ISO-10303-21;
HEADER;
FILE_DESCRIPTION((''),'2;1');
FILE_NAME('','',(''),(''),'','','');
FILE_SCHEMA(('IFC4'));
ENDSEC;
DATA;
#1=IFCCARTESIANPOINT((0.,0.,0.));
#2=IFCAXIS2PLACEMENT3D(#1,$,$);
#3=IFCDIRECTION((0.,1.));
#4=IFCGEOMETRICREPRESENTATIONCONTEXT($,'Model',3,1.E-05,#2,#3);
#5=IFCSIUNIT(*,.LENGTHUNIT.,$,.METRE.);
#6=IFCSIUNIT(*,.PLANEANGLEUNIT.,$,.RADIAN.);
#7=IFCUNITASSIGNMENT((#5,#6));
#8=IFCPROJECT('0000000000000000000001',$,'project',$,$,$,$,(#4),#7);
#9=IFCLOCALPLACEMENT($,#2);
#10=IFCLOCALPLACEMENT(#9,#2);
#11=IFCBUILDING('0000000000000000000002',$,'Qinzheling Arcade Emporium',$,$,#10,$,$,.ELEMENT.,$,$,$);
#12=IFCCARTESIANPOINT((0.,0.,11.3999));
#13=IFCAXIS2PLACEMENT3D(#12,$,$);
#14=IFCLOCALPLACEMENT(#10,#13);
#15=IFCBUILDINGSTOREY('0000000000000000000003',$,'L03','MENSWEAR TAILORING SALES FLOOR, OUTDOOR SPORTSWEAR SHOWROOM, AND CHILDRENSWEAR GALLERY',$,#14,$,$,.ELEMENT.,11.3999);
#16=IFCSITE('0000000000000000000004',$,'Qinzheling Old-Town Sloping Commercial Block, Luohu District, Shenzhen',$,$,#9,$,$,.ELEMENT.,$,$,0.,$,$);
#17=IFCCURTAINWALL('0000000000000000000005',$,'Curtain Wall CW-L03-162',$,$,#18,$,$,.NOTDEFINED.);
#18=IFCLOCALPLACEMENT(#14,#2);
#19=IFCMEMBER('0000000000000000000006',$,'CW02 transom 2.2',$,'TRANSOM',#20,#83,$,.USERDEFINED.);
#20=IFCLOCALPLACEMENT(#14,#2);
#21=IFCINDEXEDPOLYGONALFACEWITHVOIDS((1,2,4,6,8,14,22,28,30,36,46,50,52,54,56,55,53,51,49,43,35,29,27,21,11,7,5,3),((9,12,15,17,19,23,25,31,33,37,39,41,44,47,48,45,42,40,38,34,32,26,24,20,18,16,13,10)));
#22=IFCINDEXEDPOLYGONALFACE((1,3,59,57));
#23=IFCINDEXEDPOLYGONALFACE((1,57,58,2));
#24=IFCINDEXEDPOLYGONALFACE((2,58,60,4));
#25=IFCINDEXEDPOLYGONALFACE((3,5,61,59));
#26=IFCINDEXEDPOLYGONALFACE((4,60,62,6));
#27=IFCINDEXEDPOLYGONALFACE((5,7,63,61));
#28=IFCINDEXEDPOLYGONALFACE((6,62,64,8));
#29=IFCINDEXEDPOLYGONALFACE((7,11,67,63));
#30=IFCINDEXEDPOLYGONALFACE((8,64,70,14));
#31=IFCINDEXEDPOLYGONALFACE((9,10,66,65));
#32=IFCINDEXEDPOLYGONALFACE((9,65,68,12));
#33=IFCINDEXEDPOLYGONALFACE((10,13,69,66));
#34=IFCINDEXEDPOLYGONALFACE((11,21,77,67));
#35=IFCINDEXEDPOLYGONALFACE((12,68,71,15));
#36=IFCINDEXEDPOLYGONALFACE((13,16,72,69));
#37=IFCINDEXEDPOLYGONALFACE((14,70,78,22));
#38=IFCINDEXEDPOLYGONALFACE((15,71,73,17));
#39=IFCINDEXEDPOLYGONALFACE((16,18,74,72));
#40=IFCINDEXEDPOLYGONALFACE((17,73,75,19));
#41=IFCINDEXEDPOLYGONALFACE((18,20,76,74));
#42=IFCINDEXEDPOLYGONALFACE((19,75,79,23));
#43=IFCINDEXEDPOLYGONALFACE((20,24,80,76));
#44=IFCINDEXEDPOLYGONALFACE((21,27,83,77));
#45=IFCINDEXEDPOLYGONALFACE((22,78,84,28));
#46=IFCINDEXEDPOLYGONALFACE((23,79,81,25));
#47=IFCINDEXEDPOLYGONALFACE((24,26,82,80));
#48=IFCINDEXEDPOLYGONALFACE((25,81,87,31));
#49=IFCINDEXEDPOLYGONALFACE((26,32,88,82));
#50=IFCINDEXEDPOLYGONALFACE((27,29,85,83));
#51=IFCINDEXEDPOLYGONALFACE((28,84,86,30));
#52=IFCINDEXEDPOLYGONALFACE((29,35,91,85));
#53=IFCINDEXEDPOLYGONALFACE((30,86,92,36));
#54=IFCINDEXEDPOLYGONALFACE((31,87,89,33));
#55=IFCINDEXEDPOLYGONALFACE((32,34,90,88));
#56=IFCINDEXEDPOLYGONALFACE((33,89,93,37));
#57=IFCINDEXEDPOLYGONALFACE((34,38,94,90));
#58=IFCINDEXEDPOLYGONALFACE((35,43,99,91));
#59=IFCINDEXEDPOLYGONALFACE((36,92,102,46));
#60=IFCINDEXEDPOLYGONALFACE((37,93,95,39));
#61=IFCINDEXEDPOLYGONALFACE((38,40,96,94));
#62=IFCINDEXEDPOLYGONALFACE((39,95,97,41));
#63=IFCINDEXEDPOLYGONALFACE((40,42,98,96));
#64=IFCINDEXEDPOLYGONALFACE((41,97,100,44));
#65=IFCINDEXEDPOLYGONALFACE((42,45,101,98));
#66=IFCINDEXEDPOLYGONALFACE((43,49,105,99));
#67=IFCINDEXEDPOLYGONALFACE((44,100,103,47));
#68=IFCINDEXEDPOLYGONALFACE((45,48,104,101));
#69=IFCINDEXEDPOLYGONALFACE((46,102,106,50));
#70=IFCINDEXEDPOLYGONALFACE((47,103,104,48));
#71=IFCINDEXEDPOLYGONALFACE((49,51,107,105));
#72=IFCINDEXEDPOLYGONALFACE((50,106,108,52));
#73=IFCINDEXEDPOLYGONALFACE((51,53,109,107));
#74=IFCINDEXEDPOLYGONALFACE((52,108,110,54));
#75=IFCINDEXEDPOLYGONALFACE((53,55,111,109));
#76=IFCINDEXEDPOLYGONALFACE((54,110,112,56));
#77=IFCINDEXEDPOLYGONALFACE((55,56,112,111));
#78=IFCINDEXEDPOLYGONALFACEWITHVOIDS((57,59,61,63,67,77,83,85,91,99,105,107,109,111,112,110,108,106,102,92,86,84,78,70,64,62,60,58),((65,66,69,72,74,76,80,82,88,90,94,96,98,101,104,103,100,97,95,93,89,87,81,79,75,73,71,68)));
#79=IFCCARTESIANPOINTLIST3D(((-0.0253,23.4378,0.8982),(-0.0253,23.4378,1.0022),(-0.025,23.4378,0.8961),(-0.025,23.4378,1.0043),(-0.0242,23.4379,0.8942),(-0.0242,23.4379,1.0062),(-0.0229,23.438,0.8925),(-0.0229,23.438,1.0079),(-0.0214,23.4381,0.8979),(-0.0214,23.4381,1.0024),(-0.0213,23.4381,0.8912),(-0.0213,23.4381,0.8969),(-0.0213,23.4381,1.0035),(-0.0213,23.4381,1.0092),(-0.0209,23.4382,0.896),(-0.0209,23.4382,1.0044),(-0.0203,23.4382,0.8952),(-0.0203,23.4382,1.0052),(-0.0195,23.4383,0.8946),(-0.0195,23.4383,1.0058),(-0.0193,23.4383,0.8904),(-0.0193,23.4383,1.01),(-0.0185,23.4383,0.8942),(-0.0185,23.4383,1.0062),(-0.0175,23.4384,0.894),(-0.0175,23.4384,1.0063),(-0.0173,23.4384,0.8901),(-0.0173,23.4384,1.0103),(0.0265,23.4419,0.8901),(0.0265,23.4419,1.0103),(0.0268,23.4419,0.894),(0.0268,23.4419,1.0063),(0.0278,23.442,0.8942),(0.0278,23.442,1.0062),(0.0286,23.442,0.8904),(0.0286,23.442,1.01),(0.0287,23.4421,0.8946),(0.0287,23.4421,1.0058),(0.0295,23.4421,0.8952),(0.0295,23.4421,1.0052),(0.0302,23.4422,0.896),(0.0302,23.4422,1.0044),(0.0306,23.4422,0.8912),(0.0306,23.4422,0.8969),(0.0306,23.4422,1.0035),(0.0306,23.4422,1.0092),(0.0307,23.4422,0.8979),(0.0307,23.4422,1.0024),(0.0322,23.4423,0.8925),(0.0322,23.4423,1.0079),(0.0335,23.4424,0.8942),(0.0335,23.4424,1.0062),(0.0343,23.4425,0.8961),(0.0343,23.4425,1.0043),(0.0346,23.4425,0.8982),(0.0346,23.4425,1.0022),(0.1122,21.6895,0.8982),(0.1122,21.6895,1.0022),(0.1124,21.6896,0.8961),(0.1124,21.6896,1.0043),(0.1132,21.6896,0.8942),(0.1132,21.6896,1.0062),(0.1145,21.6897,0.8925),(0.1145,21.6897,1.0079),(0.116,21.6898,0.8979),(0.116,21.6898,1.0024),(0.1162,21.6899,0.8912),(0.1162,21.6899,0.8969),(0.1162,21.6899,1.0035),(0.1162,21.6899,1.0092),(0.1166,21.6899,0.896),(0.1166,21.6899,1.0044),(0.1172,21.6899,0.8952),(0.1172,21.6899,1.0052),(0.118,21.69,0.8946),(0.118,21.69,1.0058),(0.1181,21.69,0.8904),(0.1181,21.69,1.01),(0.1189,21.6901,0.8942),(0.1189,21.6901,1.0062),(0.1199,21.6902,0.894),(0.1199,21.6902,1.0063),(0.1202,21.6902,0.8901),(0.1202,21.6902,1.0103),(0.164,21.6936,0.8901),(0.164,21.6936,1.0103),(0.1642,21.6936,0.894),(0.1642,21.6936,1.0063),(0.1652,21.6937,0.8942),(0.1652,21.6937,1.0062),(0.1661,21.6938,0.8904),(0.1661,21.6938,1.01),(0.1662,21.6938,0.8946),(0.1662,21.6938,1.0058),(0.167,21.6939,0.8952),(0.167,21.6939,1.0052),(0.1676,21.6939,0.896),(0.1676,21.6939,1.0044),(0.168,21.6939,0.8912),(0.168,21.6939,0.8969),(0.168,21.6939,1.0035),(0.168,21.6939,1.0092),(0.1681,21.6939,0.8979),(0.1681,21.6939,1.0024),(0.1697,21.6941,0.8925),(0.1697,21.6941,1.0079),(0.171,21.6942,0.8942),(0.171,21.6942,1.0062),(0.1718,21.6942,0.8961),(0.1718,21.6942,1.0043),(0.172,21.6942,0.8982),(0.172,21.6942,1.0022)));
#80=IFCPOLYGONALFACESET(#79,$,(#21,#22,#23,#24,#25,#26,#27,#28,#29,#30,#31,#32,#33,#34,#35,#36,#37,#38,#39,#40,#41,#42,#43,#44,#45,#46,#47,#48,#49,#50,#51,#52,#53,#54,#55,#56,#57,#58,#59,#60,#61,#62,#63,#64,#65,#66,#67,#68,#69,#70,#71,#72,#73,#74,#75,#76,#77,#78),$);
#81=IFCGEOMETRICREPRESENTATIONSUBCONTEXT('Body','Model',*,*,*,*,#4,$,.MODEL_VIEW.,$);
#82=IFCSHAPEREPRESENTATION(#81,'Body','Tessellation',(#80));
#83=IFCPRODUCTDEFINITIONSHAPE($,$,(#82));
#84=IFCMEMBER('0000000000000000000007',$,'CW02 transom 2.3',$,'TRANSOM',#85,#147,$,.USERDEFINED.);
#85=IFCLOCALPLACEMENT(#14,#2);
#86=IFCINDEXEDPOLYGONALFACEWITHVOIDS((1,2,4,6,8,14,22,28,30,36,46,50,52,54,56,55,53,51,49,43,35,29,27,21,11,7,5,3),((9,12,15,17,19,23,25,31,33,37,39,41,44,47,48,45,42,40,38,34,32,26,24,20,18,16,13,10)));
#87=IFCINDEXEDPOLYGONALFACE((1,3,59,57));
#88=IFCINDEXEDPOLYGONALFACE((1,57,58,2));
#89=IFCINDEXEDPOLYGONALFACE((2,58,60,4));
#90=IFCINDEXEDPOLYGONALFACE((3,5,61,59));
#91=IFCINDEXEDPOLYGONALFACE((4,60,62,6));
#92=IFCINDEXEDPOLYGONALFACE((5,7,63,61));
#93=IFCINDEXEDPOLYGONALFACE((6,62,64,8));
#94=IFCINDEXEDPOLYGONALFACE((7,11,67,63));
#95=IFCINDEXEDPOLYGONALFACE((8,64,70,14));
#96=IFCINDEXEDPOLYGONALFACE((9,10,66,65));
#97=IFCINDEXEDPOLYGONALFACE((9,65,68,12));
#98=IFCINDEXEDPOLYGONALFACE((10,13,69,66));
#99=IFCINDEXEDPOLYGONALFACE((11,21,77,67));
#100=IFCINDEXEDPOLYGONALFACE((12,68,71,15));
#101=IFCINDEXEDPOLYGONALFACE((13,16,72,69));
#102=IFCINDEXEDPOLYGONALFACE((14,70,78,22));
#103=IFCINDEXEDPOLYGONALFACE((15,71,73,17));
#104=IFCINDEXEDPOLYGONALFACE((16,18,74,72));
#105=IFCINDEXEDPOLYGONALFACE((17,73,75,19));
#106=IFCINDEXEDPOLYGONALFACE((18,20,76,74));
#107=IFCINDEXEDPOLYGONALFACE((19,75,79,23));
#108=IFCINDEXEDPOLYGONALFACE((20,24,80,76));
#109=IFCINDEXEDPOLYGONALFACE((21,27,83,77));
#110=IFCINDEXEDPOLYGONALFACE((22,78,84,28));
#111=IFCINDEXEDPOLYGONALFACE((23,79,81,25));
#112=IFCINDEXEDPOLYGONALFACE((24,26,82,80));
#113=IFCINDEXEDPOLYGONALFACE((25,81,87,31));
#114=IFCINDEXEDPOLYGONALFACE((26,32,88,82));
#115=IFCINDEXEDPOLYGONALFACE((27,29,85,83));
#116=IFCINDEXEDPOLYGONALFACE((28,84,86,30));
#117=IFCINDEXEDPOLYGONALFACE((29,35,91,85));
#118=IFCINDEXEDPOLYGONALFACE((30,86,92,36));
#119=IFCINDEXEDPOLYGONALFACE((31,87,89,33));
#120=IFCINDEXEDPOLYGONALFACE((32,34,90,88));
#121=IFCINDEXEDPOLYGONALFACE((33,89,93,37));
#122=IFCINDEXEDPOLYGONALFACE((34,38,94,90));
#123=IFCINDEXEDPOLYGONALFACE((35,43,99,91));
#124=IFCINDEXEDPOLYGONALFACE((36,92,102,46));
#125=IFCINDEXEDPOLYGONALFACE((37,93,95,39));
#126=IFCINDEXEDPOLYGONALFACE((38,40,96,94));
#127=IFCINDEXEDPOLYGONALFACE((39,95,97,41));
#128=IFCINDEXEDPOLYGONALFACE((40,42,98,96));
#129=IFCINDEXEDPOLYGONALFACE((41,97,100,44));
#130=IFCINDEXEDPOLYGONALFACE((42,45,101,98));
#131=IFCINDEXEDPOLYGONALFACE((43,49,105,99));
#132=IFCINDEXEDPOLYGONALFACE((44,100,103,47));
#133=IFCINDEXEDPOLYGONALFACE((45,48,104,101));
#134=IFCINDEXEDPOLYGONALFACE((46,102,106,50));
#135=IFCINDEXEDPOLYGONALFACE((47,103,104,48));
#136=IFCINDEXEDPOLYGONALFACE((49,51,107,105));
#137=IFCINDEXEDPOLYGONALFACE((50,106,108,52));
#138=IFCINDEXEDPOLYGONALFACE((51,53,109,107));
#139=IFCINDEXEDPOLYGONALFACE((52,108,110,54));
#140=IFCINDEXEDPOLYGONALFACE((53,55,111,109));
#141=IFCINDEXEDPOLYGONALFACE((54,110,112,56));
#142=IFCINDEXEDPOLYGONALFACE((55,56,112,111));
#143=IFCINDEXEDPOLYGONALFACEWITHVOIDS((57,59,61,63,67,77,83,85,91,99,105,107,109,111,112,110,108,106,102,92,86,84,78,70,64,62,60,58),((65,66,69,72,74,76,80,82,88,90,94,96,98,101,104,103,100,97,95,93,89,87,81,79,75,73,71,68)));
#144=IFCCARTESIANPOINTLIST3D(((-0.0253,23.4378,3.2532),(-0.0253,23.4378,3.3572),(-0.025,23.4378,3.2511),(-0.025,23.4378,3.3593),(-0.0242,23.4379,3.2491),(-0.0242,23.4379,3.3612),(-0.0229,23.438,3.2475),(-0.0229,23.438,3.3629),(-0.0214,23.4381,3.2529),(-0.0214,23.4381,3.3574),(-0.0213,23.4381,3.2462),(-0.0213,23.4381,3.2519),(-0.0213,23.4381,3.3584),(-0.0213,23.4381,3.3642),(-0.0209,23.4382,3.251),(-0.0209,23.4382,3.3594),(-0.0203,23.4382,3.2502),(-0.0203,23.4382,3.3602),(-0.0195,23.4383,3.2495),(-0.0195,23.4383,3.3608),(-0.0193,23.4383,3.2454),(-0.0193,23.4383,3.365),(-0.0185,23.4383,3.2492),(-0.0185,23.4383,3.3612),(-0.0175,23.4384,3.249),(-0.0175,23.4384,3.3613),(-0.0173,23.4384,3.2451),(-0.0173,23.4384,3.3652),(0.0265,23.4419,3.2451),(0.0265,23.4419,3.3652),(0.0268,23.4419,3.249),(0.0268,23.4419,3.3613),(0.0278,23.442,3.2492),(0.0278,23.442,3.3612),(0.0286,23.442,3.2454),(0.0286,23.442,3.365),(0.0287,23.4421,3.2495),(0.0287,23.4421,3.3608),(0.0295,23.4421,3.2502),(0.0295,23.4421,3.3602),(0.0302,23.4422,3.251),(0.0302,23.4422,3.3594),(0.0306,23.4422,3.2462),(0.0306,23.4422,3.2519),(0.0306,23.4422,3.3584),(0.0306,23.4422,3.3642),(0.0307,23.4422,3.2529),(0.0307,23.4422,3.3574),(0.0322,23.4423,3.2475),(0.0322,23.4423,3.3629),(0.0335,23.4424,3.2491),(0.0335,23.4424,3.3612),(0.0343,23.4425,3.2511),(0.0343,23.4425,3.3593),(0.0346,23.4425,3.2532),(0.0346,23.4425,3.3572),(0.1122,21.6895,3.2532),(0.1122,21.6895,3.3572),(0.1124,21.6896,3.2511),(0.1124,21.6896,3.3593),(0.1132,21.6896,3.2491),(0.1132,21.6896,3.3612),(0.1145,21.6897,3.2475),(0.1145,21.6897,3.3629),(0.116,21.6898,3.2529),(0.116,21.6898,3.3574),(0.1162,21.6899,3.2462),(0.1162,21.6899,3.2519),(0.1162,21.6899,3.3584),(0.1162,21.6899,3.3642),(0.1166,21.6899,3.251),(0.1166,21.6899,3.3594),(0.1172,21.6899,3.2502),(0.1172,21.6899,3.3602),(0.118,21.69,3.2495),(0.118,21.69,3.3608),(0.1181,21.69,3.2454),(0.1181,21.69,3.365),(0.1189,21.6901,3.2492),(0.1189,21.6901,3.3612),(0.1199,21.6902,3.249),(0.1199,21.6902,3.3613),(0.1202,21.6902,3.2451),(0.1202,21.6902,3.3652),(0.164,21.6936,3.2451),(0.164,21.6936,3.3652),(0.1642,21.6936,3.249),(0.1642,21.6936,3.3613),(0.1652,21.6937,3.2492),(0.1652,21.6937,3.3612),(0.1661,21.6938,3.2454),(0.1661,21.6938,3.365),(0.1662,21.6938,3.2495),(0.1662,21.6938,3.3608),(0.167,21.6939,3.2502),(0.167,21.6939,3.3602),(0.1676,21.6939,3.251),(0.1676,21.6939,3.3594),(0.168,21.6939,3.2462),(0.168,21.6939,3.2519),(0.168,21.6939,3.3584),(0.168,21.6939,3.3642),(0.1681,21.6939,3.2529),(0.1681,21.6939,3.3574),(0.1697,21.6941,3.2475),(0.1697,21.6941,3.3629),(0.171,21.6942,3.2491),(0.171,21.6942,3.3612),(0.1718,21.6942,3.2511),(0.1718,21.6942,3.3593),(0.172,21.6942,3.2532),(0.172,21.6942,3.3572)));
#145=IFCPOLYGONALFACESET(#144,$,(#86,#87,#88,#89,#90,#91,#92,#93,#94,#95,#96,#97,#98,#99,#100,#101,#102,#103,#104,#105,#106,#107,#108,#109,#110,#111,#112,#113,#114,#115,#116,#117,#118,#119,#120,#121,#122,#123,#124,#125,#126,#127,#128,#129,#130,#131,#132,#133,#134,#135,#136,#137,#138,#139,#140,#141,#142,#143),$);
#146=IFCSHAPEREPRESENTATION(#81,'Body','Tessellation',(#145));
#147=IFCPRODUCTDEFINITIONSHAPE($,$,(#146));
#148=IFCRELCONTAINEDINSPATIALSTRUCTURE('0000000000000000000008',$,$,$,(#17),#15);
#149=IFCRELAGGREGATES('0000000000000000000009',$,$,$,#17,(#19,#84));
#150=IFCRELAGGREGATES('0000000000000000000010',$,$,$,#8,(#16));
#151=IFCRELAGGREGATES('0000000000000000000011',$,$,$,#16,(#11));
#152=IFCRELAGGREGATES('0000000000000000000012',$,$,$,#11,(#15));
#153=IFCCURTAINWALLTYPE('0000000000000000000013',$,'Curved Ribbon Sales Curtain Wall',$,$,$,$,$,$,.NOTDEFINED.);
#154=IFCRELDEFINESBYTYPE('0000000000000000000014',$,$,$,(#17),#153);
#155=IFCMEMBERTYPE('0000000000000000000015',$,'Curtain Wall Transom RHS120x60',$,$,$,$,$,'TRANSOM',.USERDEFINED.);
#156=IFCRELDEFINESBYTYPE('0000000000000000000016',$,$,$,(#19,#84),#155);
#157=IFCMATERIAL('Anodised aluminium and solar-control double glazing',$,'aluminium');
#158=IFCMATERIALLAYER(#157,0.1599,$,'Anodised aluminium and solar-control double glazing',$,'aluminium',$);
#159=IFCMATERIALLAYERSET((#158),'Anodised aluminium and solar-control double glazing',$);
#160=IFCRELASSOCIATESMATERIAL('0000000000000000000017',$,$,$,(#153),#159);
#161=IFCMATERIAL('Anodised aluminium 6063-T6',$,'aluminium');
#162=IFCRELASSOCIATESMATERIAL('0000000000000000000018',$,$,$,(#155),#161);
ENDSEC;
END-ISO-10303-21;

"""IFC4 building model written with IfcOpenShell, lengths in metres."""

from ifc_helpers import new_model, si_unit, direction, frame, origin, origin_2d, place, context, subcontext, project, spatial, hollow_rectangle, extrude, material, layer, layer_set, material_profile, profile_set, type_object, element, aggregate, save


model = new_model("IFC4")

# Units and contexts
model_context = context("Model", 3, precision=1e-05, world=origin(), true_north=direction((0.0, 1.0)))
body_context = subcontext(model_context, "Body", "Model", "MODEL_VIEW")
ifc_project = project(units=[si_unit("LENGTHUNIT", "METRE"), si_unit("PLANEANGLEUNIT", "RADIAN")], contexts=[model_context])

# Site, building, storey
site_placement = place(None, origin())
site = spatial("IfcSite", under=ifc_project, at=site_placement, Name="Qinzheling Old-Town Sloping Commercial Block, Luohu District, Shenzhen", CompositionType="ELEMENT", RefElevation=0.0)
building_placement = place(site_placement, origin())
building = spatial("IfcBuilding", under=site, at=building_placement, Name="Qinzheling Arcade Emporium", CompositionType="ELEMENT")
storey_placement = place(building_placement, frame((0.0, 0.0, 11.3999)))
storey = spatial("IfcBuildingStorey", under=building, at=storey_placement, Name="L03", Description="MENSWEAR TAILORING SALES FLOOR, OUTDOOR SPORTSWEAR SHOWROOM, AND CHILDRENSWEAR GALLERY", CompositionType="ELEMENT", Elevation=11.3999)

# Shared definitions
ifc_material_1 = material(Name="Anodised aluminium and solar-control double glazing", Category="aluminium")
ifc_layer_1 = layer(ifc_material_1, 0.1599, Name="Anodised aluminium and solar-control double glazing", Category="aluminium")
ifc_layer_set_1 = layer_set([ifc_layer_1], Name="Anodised aluminium and solar-control double glazing")
curtain_wall_type_1 = type_object("IfcCurtainWallType", Name="Curved Ribbon Sales Curtain Wall", PredefinedType="NOTDEFINED", material=ifc_layer_set_1)
ifc_material_2 = material(Name="Anodised aluminium 6063-T6", Category="aluminium")

# Curtain wall
curtain_wall_1_placement = place(storey_placement, origin())
curtain_wall_1 = element("IfcCurtainWall", 1, at=curtain_wall_1_placement, inside=storey, type_object=curtain_wall_type_1, Name="Curtain Wall CW-L03-162", PredefinedType="NOTDEFINED")

# Members
ifc_material_profile_1 = material_profile(ifc_material_2, hollow_rectangle(XDim=0.0601, YDim=0.1201, WallThickness=0.0039, InnerFilletRadius=0.0039, OuterFilletRadius=0.0081, at=origin_2d()), Name="RHS 120x60x4", Category="aluminium")
ifc_profile_set_1 = profile_set([ifc_material_profile_1], Name="Anodised aluminium 6063-T6")
member_type_1 = type_object("IfcMemberType", Name="Curtain Wall Transom RHS120x60", ElementType="TRANSOM", PredefinedType="USERDEFINED", material=ifc_profile_set_1)
member_1_placement = place(storey_placement, frame((0.1421, 21.6919, 0.9502), z_axis=(-0.078378, 0.996924, 0.0), x_axis=(-0.996924, -0.078378, 0.0)))
member_1 = element("IfcMember", 2, at=member_1_placement, type_object=member_type_1, Name="CW02 transom 2.2", ObjectType="TRANSOM", PredefinedType="USERDEFINED", context=body_context, shape_type="SweptSolid", body=[
    extrude(hollow_rectangle(XDim=0.0601, YDim=0.1201, WallThickness=0.0039, InnerFilletRadius=0.0039, OuterFilletRadius=0.0081, at=origin_2d()), origin(), (0.0, 0.0, 1.0), 1.7537),
])
member_2_placement = place(storey_placement, frame((0.1421, 21.6919, 3.3052), z_axis=(-0.078378, 0.996924, 0.0), x_axis=(-0.996924, -0.078378, 0.0)))
member_2 = element("IfcMember", 3, at=member_2_placement, type_object=member_type_1, Name="CW02 transom 2.3", ObjectType="TRANSOM", PredefinedType="USERDEFINED", context=body_context, shape_type="SweptSolid", body=[
    extrude(hollow_rectangle(XDim=0.0601, YDim=0.1201, WallThickness=0.0039, InnerFilletRadius=0.0039, OuterFilletRadius=0.0081, at=origin_2d()), origin(), (0.0, 0.0, 1.0), 1.7537),
])

aggregate(curtain_wall_1, [member_1, member_2])

save(model, "model.ifc")
